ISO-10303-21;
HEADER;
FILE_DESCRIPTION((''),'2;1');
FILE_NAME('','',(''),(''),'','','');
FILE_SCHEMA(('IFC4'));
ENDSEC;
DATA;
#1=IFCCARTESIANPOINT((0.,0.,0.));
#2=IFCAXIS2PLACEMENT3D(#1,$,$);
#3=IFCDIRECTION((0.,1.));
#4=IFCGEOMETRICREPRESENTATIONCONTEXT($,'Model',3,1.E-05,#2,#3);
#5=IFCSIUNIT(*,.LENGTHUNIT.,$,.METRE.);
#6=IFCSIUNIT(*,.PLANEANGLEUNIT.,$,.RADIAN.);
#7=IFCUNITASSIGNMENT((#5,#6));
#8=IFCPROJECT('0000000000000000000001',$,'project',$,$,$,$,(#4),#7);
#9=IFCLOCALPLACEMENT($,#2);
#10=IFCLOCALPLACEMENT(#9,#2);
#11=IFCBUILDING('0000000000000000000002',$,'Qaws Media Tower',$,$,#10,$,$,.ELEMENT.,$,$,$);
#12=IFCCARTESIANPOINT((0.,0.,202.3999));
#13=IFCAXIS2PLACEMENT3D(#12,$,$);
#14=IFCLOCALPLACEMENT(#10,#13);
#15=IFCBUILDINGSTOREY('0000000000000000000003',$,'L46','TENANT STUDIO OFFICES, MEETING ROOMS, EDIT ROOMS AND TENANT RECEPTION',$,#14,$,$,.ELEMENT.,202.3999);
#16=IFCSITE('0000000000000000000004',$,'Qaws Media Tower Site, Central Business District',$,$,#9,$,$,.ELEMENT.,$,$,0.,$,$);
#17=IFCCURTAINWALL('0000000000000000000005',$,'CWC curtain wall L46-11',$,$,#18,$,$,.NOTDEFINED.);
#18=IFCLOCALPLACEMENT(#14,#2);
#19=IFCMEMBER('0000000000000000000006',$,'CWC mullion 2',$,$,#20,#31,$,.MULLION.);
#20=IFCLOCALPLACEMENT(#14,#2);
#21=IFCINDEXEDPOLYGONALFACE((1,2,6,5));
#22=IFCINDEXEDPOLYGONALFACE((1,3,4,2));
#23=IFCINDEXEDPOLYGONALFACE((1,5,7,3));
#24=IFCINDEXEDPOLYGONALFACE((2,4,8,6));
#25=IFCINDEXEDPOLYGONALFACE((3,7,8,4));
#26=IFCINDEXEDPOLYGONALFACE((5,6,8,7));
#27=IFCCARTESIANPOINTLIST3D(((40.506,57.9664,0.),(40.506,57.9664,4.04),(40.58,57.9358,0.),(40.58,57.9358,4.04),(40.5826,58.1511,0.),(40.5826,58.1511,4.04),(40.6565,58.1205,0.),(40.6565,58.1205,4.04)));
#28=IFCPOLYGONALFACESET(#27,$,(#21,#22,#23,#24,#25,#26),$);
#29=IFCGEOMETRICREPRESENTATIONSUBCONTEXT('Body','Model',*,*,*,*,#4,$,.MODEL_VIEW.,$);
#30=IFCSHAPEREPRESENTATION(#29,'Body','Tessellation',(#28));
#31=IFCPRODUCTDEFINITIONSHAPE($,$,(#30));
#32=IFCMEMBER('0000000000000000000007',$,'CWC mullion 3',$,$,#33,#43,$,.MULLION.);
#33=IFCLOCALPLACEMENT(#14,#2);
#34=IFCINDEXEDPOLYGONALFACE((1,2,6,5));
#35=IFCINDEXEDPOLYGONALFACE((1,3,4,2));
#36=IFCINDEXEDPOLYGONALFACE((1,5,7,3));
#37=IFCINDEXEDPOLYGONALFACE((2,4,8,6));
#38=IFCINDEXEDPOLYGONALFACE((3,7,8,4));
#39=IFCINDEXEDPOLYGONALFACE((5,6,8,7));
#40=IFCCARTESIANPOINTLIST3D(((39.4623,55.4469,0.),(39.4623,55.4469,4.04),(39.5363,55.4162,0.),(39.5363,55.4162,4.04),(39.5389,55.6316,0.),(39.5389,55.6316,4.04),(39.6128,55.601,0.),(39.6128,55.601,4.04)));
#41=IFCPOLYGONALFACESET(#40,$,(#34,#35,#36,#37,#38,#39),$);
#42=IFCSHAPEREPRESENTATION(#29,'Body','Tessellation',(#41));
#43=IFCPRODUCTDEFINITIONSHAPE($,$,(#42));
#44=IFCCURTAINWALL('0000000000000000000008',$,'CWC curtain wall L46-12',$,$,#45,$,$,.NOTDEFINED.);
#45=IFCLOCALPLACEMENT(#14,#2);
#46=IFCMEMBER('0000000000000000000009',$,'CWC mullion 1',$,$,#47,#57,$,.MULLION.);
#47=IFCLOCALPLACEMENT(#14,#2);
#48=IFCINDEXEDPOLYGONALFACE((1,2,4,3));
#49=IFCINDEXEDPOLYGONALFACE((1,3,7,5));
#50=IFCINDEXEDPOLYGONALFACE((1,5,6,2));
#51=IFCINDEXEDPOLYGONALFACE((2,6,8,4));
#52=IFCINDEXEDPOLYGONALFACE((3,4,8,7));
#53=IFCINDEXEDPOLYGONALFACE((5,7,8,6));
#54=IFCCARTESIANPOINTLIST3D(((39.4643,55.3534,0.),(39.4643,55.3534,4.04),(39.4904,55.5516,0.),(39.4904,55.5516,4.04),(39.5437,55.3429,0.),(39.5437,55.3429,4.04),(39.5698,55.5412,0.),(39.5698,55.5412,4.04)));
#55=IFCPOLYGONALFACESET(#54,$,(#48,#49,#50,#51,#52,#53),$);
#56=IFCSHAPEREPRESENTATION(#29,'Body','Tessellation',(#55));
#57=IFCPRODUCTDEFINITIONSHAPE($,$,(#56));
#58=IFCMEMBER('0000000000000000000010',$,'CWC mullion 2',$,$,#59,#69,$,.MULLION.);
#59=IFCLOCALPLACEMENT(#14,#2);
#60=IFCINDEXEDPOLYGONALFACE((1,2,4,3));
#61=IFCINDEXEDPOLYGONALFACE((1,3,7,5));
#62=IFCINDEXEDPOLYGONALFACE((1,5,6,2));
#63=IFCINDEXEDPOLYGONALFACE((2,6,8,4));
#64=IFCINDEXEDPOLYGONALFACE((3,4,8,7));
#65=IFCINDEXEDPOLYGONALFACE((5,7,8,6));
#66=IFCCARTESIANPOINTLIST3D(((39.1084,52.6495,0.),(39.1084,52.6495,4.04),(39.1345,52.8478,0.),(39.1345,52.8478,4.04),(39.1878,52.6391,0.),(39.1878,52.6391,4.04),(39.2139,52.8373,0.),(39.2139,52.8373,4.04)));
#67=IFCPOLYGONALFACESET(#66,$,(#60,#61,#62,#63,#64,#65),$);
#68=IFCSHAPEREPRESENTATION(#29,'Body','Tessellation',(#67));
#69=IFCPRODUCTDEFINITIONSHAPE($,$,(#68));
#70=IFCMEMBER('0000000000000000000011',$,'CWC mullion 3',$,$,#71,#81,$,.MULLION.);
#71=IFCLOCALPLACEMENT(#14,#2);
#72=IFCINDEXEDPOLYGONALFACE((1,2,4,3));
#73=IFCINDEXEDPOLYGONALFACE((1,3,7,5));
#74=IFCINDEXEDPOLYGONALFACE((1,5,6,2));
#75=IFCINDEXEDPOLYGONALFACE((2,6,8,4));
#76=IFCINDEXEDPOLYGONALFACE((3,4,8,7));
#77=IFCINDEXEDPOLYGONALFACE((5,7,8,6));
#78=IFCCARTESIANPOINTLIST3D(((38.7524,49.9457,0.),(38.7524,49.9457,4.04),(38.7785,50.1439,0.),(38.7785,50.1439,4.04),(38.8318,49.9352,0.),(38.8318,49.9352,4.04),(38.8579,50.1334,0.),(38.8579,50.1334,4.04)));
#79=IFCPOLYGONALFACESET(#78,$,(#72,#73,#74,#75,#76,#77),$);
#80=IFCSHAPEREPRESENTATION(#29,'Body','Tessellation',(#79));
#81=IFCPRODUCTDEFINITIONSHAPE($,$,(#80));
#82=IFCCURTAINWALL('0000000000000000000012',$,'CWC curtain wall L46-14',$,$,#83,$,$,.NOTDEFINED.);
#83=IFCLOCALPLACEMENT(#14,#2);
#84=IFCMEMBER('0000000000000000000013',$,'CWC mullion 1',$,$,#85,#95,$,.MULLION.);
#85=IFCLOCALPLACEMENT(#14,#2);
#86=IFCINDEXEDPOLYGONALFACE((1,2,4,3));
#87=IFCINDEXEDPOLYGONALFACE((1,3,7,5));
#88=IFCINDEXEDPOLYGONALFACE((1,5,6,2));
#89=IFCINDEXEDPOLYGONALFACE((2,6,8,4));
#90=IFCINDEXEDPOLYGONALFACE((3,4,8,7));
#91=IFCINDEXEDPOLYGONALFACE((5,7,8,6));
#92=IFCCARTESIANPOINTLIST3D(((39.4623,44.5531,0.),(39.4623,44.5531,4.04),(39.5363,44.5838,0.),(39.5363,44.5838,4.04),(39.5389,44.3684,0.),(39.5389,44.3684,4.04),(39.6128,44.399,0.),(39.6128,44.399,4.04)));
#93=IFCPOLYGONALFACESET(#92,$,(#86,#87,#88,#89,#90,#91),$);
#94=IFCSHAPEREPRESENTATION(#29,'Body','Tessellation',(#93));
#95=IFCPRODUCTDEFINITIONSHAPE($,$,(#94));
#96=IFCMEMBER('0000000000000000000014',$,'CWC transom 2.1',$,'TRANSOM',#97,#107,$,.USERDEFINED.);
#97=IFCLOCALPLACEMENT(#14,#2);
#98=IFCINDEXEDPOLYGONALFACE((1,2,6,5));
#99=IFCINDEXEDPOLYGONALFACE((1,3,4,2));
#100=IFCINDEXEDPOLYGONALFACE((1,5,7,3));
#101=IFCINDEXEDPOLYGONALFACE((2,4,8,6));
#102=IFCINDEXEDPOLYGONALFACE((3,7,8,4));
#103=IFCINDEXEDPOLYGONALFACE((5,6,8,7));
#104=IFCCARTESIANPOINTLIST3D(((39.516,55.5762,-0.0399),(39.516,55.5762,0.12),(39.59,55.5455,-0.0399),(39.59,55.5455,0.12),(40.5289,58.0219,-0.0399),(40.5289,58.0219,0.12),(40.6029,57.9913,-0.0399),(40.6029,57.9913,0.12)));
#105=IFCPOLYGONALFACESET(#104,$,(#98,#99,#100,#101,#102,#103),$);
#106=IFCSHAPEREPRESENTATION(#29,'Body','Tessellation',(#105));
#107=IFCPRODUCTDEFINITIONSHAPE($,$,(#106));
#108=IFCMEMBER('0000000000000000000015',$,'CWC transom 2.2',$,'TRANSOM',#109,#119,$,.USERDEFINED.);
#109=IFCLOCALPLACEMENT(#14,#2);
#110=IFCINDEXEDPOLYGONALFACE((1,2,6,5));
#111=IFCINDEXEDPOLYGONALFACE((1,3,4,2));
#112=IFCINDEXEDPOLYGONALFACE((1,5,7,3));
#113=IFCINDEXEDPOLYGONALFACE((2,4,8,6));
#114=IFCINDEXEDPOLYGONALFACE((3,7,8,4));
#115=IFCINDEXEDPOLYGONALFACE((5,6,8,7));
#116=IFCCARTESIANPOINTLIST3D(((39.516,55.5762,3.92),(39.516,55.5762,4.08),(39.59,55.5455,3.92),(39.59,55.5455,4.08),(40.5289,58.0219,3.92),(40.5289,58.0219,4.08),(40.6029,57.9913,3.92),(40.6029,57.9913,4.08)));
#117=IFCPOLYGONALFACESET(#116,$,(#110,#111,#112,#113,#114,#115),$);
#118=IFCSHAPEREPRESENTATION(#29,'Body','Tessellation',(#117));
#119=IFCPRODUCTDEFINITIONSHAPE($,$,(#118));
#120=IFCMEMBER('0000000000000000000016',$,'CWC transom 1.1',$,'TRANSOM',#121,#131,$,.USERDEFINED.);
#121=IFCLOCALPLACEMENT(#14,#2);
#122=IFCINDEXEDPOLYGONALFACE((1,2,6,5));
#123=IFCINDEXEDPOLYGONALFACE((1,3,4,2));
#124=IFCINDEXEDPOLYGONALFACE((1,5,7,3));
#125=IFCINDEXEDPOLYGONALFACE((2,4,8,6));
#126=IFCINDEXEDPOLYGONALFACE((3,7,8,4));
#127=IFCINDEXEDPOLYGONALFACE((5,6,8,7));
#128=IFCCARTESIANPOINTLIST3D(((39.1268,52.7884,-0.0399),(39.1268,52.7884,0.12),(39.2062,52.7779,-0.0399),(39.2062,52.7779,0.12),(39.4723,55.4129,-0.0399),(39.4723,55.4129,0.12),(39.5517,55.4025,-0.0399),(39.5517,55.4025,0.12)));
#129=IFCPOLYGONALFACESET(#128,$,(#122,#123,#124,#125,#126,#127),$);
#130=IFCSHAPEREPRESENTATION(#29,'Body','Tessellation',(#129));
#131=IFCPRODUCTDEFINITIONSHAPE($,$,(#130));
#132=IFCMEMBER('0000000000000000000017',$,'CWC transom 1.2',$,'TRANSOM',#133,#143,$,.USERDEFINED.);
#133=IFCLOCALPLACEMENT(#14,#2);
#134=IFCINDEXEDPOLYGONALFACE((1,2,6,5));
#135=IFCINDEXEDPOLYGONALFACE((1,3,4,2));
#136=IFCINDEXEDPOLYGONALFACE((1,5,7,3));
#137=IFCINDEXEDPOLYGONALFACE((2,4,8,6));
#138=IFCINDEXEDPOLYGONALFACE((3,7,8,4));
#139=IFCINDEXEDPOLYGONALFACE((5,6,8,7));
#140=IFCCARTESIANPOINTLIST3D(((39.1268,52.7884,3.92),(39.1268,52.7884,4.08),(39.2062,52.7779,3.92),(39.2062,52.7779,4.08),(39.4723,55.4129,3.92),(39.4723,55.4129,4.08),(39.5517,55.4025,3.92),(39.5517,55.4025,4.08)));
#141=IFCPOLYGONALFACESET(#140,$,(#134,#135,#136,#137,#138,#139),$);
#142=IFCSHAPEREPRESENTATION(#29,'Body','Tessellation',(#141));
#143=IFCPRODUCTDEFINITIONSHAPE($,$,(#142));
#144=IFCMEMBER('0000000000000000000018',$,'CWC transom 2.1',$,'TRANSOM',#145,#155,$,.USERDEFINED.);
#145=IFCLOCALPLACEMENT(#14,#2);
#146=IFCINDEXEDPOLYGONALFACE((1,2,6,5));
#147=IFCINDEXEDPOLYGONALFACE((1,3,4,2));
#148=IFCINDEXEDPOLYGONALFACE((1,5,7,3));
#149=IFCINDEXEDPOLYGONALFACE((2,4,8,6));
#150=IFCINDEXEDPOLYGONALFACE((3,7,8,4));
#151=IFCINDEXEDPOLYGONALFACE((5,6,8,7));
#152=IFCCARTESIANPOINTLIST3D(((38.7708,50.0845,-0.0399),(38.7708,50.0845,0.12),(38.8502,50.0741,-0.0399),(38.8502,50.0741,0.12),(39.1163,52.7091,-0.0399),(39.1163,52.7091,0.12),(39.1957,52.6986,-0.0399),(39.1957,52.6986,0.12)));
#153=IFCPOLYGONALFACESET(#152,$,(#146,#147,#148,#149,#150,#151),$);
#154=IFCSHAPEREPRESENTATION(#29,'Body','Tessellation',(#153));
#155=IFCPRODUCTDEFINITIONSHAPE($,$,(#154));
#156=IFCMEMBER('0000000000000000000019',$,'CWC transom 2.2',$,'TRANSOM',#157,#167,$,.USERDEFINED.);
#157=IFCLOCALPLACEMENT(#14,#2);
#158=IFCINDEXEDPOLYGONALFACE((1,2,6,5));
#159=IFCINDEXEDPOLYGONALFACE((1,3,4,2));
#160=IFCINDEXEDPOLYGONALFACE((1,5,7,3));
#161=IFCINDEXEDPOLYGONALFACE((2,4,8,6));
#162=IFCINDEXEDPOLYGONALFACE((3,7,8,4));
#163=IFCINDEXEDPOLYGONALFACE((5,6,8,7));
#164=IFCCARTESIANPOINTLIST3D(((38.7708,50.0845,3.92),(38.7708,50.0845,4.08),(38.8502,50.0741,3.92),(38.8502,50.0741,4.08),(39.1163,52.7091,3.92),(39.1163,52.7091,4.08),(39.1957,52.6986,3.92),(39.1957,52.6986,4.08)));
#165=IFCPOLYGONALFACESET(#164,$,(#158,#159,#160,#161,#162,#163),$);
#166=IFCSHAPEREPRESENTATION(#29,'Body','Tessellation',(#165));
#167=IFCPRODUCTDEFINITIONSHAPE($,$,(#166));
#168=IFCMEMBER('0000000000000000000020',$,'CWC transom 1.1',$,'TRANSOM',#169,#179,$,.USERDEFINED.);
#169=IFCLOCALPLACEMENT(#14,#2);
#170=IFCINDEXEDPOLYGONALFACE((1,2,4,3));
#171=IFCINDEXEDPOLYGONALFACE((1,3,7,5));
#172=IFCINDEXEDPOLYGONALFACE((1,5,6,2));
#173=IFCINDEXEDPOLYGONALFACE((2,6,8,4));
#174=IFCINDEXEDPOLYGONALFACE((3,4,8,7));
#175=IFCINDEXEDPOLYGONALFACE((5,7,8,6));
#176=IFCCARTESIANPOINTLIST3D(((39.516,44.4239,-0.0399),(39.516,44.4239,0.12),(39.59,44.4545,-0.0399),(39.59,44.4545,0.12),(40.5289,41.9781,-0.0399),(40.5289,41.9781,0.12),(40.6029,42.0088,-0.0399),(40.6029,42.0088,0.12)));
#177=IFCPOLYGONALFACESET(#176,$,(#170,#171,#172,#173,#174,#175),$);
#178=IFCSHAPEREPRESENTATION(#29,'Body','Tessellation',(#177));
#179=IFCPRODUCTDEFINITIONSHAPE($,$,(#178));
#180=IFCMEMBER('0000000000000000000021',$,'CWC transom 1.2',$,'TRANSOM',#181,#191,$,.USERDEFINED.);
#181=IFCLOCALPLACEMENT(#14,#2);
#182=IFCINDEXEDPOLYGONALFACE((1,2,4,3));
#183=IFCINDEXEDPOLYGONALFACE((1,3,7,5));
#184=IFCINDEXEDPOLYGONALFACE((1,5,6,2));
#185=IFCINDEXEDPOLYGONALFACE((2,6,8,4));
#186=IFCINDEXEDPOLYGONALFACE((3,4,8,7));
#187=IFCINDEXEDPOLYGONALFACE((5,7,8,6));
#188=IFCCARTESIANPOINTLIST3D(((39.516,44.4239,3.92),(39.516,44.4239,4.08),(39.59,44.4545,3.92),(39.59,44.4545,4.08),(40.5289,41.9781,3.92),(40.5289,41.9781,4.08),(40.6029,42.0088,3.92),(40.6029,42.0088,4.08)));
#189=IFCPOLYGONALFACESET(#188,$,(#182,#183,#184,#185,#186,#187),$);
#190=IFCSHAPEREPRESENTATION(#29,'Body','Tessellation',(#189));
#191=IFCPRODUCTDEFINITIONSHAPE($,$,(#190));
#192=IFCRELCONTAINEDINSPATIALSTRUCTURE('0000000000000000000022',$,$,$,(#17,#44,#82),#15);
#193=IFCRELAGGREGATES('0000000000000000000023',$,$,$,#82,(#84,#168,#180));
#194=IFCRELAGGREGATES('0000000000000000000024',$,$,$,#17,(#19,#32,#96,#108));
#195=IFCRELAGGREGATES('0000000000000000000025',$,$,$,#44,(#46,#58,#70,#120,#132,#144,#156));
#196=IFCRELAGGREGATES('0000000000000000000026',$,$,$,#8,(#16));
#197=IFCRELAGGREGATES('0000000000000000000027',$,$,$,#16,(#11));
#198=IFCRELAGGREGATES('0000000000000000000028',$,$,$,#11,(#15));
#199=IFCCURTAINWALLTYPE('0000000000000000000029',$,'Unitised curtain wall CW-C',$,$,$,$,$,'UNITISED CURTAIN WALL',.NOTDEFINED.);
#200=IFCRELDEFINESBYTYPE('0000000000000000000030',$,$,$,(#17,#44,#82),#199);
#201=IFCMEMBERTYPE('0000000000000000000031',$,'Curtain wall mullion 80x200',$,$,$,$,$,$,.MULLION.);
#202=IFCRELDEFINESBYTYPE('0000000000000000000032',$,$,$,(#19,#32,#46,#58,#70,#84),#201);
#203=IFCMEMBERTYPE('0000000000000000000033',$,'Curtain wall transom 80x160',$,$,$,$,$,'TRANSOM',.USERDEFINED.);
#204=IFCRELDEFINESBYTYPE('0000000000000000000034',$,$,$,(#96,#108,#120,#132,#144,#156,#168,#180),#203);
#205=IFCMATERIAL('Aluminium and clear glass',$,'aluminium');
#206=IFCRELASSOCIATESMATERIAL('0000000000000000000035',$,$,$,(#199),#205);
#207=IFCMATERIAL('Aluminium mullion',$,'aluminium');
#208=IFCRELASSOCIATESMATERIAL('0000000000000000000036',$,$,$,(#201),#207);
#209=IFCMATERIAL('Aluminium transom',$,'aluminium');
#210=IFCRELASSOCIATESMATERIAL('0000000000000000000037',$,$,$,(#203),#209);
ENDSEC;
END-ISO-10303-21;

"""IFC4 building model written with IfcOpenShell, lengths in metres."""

from ifc_helpers import new_model, si_unit, direction, frame, origin, origin_2d, place, context, subcontext, project, spatial, rectangle, extrude, material, material_profile, profile_set, type_object, element, aggregate, save


model = new_model("IFC4")

# Units and contexts
model_context = context("Model", 3, precision=1e-05, world=origin(), true_north=direction((0.0, 1.0)))
body_context = subcontext(model_context, "Body", "Model", "MODEL_VIEW")
ifc_project = project(units=[si_unit("LENGTHUNIT", "METRE"), si_unit("PLANEANGLEUNIT", "RADIAN")], contexts=[model_context])

# Site, building, storey
site_placement = place(None, origin())
site = spatial("IfcSite", under=ifc_project, at=site_placement, Name="Qaws Media Tower Site, Central Business District", CompositionType="ELEMENT", RefElevation=0.0)
building_placement = place(site_placement, origin())
building = spatial("IfcBuilding", under=site, at=building_placement, Name="Qaws Media Tower", CompositionType="ELEMENT")
storey_placement = place(building_placement, frame((0.0, 0.0, 202.3999)))
storey = spatial("IfcBuildingStorey", under=building, at=storey_placement, Name="L46", Description="TENANT STUDIO OFFICES, MEETING ROOMS, EDIT ROOMS AND TENANT RECEPTION", CompositionType="ELEMENT", Elevation=202.3999)

# Curtain walls, members
ifc_material_1 = material(Name="Aluminium and clear glass", Category="aluminium")
curtain_wall_type = type_object("IfcCurtainWallType", Name="Unitised curtain wall CW-C", ElementType="UNITISED CURTAIN WALL", PredefinedType="NOTDEFINED", material=ifc_material_1)
curtain_wall_1_placement = place(storey_placement, origin())
curtain_wall_1 = element("IfcCurtainWall", 1, at=curtain_wall_1_placement, inside=storey, type_object=curtain_wall_type, Name="CWC curtain wall L46-11", PredefinedType="NOTDEFINED")
ifc_material_2 = material(Name="Aluminium mullion", Category="aluminium")
ifc_material_profile_1 = material_profile(ifc_material_2, rectangle(XDim=0.0801, YDim=0.2, at=origin_2d()), Name="80x200")
ifc_profile_set_1 = profile_set([ifc_material_profile_1], Name="Aluminium mullion")
member_type_1 = type_object("IfcMemberType", Name="Curtain wall mullion 80x200", PredefinedType="MULLION", material=ifc_profile_set_1)
member_1_placement = place(storey_placement, frame((40.5813, 58.0435, 0.0), z_axis=(0.0, 0.0, 1.0), x_axis=(0.92388, -0.382683, 0.0)))
member_1 = element("IfcMember", 2, at=member_1_placement, type_object=member_type_1, Name="CWC mullion 2", PredefinedType="MULLION", context=body_context, shape_type="SweptSolid", body=[
    extrude(rectangle(XDim=0.0801, YDim=0.2, at=origin_2d()), origin(), (0.0, 0.0, 1.0), 4.04),
])
member_2_placement = place(storey_placement, frame((39.5376, 55.5239, 0.0), z_axis=(0.0, 0.0, 1.0), x_axis=(0.92388, -0.382683, 0.0)))
member_2 = element("IfcMember", 3, at=member_2_placement, type_object=member_type_1, Name="CWC mullion 3", PredefinedType="MULLION", context=body_context, shape_type="SweptSolid", body=[
    extrude(rectangle(XDim=0.0801, YDim=0.2, at=origin_2d()), origin(), (0.0, 0.0, 1.0), 4.04),
])
curtain_wall_2_placement = place(storey_placement, origin())
curtain_wall_2 = element("IfcCurtainWall", 4, at=curtain_wall_2_placement, inside=storey, type_object=curtain_wall_type, Name="CWC curtain wall L46-12", PredefinedType="NOTDEFINED")
member_3_placement = place(storey_placement, frame((39.5171, 55.4473, 0.0), z_axis=(0.0, 0.0, 1.0), x_axis=(0.991445, -0.130526, 0.0)))
member_3 = element("IfcMember", 5, at=member_3_placement, type_object=member_type_1, Name="CWC mullion 1", PredefinedType="MULLION", context=body_context, shape_type="SweptSolid", body=[
    extrude(rectangle(XDim=0.0801, YDim=0.2, at=origin_2d()), origin(), (0.0, 0.0, 1.0), 4.04),
])
member_4_placement = place(storey_placement, frame((39.1611, 52.7434, 0.0), z_axis=(0.0, 0.0, 1.0), x_axis=(0.991445, -0.130526, 0.0)))
member_4 = element("IfcMember", 6, at=member_4_placement, type_object=member_type_1, Name="CWC mullion 2", PredefinedType="MULLION", context=body_context, shape_type="SweptSolid", body=[
    extrude(rectangle(XDim=0.0801, YDim=0.2, at=origin_2d()), origin(), (0.0, 0.0, 1.0), 4.04),
])
member_5_placement = place(storey_placement, frame((38.8052, 50.0396, 0.0), z_axis=(0.0, 0.0, 1.0), x_axis=(0.991445, -0.130526, 0.0)))
member_5 = element("IfcMember", 7, at=member_5_placement, type_object=member_type_1, Name="CWC mullion 3", PredefinedType="MULLION", context=body_context, shape_type="SweptSolid", body=[
    extrude(rectangle(XDim=0.0801, YDim=0.2, at=origin_2d()), origin(), (0.0, 0.0, 1.0), 4.04),
])

# Curtain wall, member
curtain_wall_3_placement = place(storey_placement, origin())
curtain_wall_3 = element("IfcCurtainWall", 8, at=curtain_wall_3_placement, inside=storey, type_object=curtain_wall_type, Name="CWC curtain wall L46-14", PredefinedType="NOTDEFINED")
member_6_placement = place(storey_placement, frame((39.5376, 44.4761, 0.0), z_axis=(0.0, 0.0, 1.0), x_axis=(0.92388, 0.382683, 0.0)))
member_6 = element("IfcMember", 9, at=member_6_placement, type_object=member_type_1, Name="CWC mullion 1", PredefinedType="MULLION", context=body_context, shape_type="SweptSolid", body=[
    extrude(rectangle(XDim=0.0801, YDim=0.2, at=origin_2d()), origin(), (0.0, 0.0, 1.0), 4.04),
])

# Members
ifc_material_3 = material(Name="Aluminium transom", Category="aluminium")
ifc_material_profile_2 = material_profile(ifc_material_3, rectangle(XDim=0.0801, YDim=0.1599, at=origin_2d()), Name="80x160")
ifc_profile_set_2 = profile_set([ifc_material_profile_2], Name="Aluminium transom")
member_type_2 = type_object("IfcMemberType", Name="Curtain wall transom 80x160", ElementType="TRANSOM", PredefinedType="USERDEFINED", material=ifc_profile_set_2)
member_7_placement = place(storey_placement, frame((40.5659, 58.0066, 0.04), z_axis=(-0.382637, -0.923899, 0.0), x_axis=(0.923899, -0.382637, 0.0)))
member_7 = element("IfcMember", 10, at=member_7_placement, type_object=member_type_2, Name="CWC transom 2.1", ObjectType="TRANSOM", PredefinedType="USERDEFINED", context=body_context, shape_type="SweptSolid", body=[
    extrude(rectangle(XDim=0.0801, YDim=0.1599, at=origin_2d()), origin(), (0.0, 0.0, 1.0), 2.6472),
])
member_8_placement = place(storey_placement, frame((40.5659, 58.0066, 4.0), z_axis=(-0.382637, -0.923899, 0.0), x_axis=(0.923899, -0.382637, 0.0)))
member_8 = element("IfcMember", 11, at=member_8_placement, type_object=member_type_2, Name="CWC transom 2.2", ObjectType="TRANSOM", PredefinedType="USERDEFINED", context=body_context, shape_type="SweptSolid", body=[
    extrude(rectangle(XDim=0.0801, YDim=0.1599, at=origin_2d()), origin(), (0.0, 0.0, 1.0), 2.6472),
])
member_9_placement = place(storey_placement, frame((39.512, 55.4077, 0.04), z_axis=(-0.130502, -0.991448, 0.0), x_axis=(0.991448, -0.130502, 0.0)))
member_9 = element("IfcMember", 12, at=member_9_placement, type_object=member_type_2, Name="CWC transom 1.1", ObjectType="TRANSOM", PredefinedType="USERDEFINED", context=body_context, shape_type="SweptSolid", body=[
    extrude(rectangle(XDim=0.0801, YDim=0.1599, at=origin_2d()), origin(), (0.0, 0.0, 1.0), 2.6472),
])
member_10_placement = place(storey_placement, frame((39.512, 55.4077, 4.0), z_axis=(-0.130502, -0.991448, 0.0), x_axis=(0.991448, -0.130502, 0.0)))
member_10 = element("IfcMember", 13, at=member_10_placement, type_object=member_type_2, Name="CWC transom 1.2", ObjectType="TRANSOM", PredefinedType="USERDEFINED", context=body_context, shape_type="SweptSolid", body=[
    extrude(rectangle(XDim=0.0801, YDim=0.1599, at=origin_2d()), origin(), (0.0, 0.0, 1.0), 2.6472),
])
member_11_placement = place(storey_placement, frame((39.156, 52.7039, 0.04), z_axis=(-0.130502, -0.991448, 0.0), x_axis=(0.991448, -0.130502, 0.0)))
member_11 = element("IfcMember", 14, at=member_11_placement, type_object=member_type_2, Name="CWC transom 2.1", ObjectType="TRANSOM", PredefinedType="USERDEFINED", context=body_context, shape_type="SweptSolid", body=[
    extrude(rectangle(XDim=0.0801, YDim=0.1599, at=origin_2d()), origin(), (0.0, 0.0, 1.0), 2.6472),
])
member_12_placement = place(storey_placement, frame((39.156, 52.7039, 4.0), z_axis=(-0.130502, -0.991448, 0.0), x_axis=(0.991448, -0.130502, 0.0)))
member_12 = element("IfcMember", 15, at=member_12_placement, type_object=member_type_2, Name="CWC transom 2.2", ObjectType="TRANSOM", PredefinedType="USERDEFINED", context=body_context, shape_type="SweptSolid", body=[
    extrude(rectangle(XDim=0.0801, YDim=0.1599, at=origin_2d()), origin(), (0.0, 0.0, 1.0), 2.6472),
])
member_13_placement = place(storey_placement, frame((39.553, 44.4392, 0.04), z_axis=(0.382637, -0.923899, 0.0), x_axis=(0.923899, 0.382637, 0.0)))
member_13 = element("IfcMember", 16, at=member_13_placement, type_object=member_type_2, Name="CWC transom 1.1", ObjectType="TRANSOM", PredefinedType="USERDEFINED", context=body_context, shape_type="SweptSolid", body=[
    extrude(rectangle(XDim=0.0801, YDim=0.1599, at=origin_2d()), origin(), (0.0, 0.0, 1.0), 2.6472),
])
member_14_placement = place(storey_placement, frame((39.553, 44.4392, 4.0), z_axis=(0.382637, -0.923899, 0.0), x_axis=(0.923899, 0.382637, 0.0)))
member_14 = element("IfcMember", 17, at=member_14_placement, type_object=member_type_2, Name="CWC transom 1.2", ObjectType="TRANSOM", PredefinedType="USERDEFINED", context=body_context, shape_type="SweptSolid", body=[
    extrude(rectangle(XDim=0.0801, YDim=0.1599, at=origin_2d()), origin(), (0.0, 0.0, 1.0), 2.6472),
])
aggregate(curtain_wall_3, [member_6, member_13, member_14])

aggregate(curtain_wall_1, [member_1, member_2, member_7, member_8])
aggregate(curtain_wall_2, [member_3, member_4, member_5, member_9, member_10, member_11, member_12])

save(model, "model.ifc")
